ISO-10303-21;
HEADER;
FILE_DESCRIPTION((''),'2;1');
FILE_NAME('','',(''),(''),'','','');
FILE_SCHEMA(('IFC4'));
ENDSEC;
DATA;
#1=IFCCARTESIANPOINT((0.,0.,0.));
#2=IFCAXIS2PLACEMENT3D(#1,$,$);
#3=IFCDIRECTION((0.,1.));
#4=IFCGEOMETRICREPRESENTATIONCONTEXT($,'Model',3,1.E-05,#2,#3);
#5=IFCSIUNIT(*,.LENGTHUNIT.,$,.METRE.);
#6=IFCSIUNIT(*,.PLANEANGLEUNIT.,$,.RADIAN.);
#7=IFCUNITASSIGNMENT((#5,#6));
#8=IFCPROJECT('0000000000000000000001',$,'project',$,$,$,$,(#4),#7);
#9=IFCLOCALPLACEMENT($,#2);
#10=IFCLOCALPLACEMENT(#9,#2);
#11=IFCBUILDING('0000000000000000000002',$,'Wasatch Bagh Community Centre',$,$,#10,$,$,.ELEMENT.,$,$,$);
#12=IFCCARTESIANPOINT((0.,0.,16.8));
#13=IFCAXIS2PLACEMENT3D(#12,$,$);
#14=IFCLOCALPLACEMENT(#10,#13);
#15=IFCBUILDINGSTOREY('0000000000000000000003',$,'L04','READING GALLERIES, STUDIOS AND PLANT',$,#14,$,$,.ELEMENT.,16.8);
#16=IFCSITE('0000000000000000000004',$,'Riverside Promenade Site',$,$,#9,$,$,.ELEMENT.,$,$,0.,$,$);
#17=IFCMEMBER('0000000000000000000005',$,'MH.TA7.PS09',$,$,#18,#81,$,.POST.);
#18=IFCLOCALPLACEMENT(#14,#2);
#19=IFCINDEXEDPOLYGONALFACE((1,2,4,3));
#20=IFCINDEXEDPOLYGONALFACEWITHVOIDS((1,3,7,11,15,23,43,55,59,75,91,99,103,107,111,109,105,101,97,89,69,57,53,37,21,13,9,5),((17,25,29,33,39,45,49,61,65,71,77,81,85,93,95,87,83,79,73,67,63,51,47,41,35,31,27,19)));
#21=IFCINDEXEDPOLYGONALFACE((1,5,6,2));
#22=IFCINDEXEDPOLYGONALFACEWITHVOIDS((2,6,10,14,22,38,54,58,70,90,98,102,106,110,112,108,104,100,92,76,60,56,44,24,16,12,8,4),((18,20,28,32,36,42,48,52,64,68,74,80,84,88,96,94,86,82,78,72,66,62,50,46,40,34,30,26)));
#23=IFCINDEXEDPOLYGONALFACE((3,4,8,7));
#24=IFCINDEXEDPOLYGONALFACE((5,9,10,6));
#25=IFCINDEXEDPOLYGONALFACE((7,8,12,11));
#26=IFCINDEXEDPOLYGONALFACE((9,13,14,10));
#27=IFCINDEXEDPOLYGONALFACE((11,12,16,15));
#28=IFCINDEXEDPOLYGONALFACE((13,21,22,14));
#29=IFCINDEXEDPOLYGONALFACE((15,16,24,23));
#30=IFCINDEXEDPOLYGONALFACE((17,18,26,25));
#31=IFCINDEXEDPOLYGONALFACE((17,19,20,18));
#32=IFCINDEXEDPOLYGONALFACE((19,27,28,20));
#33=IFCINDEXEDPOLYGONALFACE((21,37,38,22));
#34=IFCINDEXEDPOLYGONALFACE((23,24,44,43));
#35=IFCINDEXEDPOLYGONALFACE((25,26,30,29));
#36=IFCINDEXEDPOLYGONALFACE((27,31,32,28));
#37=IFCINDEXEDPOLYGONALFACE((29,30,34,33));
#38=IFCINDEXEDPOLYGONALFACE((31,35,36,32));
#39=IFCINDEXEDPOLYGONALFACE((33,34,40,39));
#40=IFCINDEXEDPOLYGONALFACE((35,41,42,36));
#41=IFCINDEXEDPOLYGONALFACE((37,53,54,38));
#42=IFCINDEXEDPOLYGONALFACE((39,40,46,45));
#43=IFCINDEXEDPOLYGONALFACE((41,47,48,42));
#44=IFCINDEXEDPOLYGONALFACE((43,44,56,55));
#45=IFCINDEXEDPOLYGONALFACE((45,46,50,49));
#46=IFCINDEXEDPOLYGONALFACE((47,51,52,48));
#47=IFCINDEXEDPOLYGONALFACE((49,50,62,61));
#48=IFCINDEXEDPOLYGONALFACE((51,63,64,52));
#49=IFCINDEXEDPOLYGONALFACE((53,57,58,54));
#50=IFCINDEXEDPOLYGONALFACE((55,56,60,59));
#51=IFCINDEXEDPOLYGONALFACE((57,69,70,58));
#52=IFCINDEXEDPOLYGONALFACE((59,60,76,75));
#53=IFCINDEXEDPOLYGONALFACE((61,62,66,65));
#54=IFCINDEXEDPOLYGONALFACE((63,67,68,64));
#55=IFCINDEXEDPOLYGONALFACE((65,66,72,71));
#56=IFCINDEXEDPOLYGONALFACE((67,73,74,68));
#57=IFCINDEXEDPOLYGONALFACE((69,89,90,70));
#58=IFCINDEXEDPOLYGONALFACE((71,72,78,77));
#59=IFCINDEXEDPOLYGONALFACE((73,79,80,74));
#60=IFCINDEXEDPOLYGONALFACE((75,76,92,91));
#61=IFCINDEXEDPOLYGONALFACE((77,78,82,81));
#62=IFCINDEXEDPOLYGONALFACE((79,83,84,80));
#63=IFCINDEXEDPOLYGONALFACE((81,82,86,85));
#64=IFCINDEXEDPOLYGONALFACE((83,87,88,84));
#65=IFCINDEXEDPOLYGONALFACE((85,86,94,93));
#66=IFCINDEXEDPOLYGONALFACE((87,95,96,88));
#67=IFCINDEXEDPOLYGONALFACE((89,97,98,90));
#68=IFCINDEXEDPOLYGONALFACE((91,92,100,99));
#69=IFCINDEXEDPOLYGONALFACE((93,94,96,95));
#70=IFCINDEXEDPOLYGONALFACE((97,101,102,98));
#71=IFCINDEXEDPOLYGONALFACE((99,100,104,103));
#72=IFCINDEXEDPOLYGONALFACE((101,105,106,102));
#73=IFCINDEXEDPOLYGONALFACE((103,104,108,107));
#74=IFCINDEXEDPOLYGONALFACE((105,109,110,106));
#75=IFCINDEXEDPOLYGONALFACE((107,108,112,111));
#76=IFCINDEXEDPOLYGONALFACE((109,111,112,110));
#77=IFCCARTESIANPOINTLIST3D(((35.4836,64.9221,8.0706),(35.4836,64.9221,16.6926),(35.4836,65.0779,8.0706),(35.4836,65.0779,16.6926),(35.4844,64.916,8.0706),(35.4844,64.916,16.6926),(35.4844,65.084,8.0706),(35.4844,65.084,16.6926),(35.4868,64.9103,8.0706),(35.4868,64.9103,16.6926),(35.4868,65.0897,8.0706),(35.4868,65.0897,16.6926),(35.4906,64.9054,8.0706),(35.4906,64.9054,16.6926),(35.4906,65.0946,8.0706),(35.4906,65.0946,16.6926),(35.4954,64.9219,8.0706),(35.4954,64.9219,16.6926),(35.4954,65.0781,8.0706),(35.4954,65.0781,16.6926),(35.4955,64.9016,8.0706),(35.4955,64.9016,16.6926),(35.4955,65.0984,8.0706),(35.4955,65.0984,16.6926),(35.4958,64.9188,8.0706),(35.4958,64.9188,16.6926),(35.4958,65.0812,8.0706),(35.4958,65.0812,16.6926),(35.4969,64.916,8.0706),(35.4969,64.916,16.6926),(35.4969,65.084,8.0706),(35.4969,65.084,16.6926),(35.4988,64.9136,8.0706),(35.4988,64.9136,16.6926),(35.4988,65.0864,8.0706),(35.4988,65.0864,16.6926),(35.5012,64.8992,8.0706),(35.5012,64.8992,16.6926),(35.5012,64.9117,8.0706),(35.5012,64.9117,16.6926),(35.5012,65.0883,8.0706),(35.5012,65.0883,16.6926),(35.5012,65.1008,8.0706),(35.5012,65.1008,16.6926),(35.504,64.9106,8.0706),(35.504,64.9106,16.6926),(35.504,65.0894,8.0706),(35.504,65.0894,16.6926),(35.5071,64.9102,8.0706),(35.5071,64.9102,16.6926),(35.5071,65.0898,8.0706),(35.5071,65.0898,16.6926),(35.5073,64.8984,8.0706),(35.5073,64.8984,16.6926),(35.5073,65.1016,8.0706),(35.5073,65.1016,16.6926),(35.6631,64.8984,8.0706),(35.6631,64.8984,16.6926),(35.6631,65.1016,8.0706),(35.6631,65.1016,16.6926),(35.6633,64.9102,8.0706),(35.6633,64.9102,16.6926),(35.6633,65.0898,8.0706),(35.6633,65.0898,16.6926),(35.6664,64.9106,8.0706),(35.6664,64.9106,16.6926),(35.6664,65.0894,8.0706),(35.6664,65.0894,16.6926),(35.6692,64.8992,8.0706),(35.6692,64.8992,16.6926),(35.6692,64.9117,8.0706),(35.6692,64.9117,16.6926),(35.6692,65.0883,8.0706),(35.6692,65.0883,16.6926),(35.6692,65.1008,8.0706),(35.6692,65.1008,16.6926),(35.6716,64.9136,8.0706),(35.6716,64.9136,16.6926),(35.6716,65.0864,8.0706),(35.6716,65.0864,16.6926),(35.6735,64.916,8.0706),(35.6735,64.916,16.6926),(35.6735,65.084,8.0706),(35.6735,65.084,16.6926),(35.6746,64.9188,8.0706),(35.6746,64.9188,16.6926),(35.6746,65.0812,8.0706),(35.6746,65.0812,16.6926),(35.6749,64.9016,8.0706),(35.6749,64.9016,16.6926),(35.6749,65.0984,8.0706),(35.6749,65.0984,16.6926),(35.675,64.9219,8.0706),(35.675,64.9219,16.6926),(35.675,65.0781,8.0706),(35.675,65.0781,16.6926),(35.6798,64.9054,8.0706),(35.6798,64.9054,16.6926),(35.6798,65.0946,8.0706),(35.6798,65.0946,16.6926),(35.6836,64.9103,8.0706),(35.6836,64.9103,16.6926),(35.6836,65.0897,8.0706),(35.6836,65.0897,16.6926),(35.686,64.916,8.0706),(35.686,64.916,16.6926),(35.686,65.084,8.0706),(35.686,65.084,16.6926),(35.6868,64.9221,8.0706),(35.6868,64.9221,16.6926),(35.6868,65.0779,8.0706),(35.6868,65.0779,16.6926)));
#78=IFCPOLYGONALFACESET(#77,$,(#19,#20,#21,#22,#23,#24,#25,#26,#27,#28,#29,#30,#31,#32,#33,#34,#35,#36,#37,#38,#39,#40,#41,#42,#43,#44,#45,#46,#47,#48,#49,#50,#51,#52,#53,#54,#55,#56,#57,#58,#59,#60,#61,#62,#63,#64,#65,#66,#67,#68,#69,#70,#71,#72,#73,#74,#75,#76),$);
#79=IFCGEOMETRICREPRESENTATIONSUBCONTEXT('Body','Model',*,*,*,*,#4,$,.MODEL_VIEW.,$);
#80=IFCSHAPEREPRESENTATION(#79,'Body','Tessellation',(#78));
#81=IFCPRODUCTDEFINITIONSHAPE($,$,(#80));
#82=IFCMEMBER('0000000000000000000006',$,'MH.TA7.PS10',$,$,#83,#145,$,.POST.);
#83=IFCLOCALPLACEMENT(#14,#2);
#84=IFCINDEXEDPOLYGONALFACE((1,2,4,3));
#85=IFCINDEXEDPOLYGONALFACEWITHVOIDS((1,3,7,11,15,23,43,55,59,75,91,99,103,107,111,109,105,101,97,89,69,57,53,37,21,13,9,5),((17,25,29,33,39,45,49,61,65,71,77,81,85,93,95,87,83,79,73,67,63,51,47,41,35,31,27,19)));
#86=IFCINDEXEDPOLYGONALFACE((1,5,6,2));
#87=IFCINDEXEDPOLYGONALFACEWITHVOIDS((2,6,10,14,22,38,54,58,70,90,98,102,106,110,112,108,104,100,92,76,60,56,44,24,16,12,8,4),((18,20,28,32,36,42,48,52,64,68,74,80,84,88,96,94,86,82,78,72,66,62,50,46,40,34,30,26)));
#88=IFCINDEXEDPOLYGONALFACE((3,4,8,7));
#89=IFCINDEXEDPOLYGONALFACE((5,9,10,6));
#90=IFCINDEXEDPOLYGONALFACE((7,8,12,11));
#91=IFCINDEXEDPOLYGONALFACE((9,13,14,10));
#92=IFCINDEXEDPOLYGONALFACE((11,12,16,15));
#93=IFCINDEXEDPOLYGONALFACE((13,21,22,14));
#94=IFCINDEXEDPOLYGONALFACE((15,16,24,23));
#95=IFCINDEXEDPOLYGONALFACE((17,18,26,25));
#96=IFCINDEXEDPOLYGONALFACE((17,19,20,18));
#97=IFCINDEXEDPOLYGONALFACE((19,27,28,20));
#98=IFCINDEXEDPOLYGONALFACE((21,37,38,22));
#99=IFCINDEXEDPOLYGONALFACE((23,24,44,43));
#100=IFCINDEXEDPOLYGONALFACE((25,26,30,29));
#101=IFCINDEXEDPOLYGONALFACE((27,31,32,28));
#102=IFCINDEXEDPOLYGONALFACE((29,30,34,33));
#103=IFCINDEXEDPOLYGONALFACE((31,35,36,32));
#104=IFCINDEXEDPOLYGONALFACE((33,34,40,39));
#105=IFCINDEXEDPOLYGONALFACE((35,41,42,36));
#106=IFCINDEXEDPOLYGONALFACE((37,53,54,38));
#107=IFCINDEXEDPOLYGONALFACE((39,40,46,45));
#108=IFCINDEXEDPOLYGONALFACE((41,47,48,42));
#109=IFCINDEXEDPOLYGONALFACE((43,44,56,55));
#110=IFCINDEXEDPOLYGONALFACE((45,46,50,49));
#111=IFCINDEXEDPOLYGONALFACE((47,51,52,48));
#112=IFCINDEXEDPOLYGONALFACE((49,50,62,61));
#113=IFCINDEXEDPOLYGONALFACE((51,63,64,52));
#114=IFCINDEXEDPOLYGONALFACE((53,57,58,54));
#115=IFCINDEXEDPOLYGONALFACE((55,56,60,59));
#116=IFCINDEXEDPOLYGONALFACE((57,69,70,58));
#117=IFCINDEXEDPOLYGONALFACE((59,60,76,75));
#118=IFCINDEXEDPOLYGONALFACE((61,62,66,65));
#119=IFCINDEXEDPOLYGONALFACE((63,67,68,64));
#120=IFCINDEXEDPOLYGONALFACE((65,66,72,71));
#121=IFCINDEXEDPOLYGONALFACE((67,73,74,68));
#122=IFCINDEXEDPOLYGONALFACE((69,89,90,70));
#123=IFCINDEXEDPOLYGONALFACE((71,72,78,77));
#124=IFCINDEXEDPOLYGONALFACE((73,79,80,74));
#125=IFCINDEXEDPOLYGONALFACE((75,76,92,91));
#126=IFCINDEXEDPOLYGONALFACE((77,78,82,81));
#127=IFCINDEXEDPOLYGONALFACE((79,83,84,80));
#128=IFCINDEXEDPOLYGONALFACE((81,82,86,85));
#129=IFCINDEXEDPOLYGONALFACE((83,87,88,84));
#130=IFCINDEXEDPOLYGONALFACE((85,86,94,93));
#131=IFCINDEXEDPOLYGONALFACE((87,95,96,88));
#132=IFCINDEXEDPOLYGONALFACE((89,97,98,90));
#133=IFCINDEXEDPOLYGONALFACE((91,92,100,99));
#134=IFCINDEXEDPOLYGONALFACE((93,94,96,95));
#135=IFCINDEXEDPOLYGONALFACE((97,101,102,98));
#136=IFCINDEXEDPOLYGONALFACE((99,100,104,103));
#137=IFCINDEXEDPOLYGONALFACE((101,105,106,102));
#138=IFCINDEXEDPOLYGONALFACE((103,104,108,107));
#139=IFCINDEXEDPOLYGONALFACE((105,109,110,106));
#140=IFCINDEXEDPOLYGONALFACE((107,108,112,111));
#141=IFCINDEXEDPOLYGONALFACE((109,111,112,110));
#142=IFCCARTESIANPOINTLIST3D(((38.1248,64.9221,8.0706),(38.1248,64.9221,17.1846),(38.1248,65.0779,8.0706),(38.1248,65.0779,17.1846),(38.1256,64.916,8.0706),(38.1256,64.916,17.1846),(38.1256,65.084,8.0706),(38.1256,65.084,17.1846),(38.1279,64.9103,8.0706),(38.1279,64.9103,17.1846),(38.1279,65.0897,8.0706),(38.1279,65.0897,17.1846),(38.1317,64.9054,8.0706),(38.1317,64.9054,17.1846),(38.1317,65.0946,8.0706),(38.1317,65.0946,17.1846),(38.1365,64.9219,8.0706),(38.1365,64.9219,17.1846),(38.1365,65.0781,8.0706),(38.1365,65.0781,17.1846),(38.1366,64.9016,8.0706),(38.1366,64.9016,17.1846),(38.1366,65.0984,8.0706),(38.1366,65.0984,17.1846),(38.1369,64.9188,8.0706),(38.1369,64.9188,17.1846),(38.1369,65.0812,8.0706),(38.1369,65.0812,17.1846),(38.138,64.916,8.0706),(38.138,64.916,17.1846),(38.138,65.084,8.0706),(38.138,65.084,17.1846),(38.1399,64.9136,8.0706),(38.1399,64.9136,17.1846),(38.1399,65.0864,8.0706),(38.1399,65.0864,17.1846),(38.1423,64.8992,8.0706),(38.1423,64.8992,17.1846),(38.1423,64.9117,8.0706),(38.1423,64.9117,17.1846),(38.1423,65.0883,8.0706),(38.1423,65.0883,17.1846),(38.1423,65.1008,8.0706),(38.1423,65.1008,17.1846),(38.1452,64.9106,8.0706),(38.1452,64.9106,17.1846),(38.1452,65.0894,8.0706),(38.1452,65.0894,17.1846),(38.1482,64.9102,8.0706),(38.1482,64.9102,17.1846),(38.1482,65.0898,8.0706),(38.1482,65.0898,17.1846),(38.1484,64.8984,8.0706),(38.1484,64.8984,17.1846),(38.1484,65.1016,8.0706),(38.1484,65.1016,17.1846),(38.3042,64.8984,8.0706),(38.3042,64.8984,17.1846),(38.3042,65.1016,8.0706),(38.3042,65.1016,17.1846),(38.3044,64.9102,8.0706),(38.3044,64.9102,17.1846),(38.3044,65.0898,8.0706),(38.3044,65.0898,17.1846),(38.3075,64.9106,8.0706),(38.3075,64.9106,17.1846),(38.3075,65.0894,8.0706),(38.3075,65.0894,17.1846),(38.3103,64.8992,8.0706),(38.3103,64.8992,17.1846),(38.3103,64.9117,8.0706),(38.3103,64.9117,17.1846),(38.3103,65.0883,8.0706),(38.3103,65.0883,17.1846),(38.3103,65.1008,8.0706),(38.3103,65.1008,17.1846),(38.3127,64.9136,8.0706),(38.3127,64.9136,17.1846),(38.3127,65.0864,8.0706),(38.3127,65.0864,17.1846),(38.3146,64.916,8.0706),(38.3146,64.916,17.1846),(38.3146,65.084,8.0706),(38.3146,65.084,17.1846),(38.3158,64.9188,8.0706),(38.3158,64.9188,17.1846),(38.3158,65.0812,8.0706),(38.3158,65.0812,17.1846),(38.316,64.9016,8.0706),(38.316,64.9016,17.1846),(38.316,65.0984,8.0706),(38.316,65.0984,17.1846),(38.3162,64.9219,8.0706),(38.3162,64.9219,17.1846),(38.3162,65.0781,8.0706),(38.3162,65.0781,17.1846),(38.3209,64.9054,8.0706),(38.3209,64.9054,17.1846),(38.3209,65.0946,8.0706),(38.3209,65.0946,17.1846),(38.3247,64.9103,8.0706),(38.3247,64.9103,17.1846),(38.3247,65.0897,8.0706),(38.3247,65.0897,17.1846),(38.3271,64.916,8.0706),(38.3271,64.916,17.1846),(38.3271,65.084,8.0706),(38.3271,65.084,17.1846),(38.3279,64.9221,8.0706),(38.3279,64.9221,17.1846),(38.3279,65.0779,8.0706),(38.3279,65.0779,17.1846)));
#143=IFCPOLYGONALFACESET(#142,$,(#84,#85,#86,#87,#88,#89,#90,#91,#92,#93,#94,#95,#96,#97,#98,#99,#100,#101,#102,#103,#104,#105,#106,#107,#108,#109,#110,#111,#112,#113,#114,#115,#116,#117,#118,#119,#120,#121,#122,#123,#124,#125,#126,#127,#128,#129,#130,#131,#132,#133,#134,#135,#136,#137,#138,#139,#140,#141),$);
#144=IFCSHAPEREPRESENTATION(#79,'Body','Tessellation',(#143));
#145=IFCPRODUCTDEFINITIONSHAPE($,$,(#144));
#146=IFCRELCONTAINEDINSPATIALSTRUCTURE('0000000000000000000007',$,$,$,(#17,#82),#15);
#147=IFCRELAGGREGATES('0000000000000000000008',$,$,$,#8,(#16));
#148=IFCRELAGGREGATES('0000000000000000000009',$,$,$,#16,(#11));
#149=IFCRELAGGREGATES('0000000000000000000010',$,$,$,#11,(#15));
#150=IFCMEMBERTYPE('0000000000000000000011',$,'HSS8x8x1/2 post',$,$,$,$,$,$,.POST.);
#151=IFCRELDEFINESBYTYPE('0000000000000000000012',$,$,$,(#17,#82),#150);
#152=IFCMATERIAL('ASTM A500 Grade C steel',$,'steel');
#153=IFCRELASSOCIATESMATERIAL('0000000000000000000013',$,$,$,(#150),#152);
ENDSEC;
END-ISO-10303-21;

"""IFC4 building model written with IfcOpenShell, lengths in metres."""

from ifc_helpers import new_model, si_unit, direction, frame, origin, origin_2d, place, context, subcontext, project, spatial, hollow_rectangle, extrude, material, material_profile, profile_set, type_object, element, save


model = new_model("IFC4")

# Units and contexts
model_context = context("Model", 3, precision=1e-05, world=origin(), true_north=direction((0.0, 1.0)))
body_context = subcontext(model_context, "Body", "Model", "MODEL_VIEW")
ifc_project = project(units=[si_unit("LENGTHUNIT", "METRE"), si_unit("PLANEANGLEUNIT", "RADIAN")], contexts=[model_context])

# Site, building, storey
site_placement = place(None, origin())
site = spatial("IfcSite", under=ifc_project, at=site_placement, Name="Riverside Promenade Site", CompositionType="ELEMENT", RefElevation=0.0)
building_placement = place(site_placement, origin())
building = spatial("IfcBuilding", under=site, at=building_placement, Name="Wasatch Bagh Community Centre", CompositionType="ELEMENT")
storey_placement = place(building_placement, frame((0.0, 0.0, 16.8)))
storey = spatial("IfcBuildingStorey", under=building, at=storey_placement, Name="L04", Description="READING GALLERIES, STUDIOS AND PLANT", CompositionType="ELEMENT", Elevation=16.8)

# Members
ifc_material_1 = material(Name="ASTM A500 Grade C steel", Category="steel")
ifc_material_profile_1 = material_profile(ifc_material_1, hollow_rectangle(XDim=0.2031, YDim=0.2031, WallThickness=0.0117, InnerFilletRadius=0.0117, OuterFilletRadius=0.0237, at=origin_2d()), Name="HSS8x8x1/2")
ifc_profile_set_1 = profile_set([ifc_material_profile_1], Name="ASTM A500 Grade C steel")
member_type_1 = type_object("IfcMemberType", Name="HSS8x8x1/2 post", PredefinedType="POST", material=ifc_profile_set_1)
member_1_placement = place(storey_placement, frame((35.5852, 65.0, 8.0706), z_axis=(0.0, 0.0, 1.0), x_axis=(1.0, 0.0, 0.0)))
element("IfcMember", 1, at=member_1_placement, inside=storey, type_object=member_type_1, Name="MH.TA7.PS09", PredefinedType="POST", context=body_context, shape_type="SweptSolid", body=[
    extrude(hollow_rectangle(XDim=0.2031, YDim=0.2031, WallThickness=0.0117, InnerFilletRadius=0.0117, OuterFilletRadius=0.0237, at=origin_2d()), origin(), (0.0, 0.0, 1.0), 8.6221),
])
member_2_placement = place(storey_placement, frame((38.2263, 65.0, 8.0706), z_axis=(0.0, 0.0, 1.0), x_axis=(1.0, 0.0, 0.0)))
element("IfcMember", 2, at=member_2_placement, inside=storey, type_object=member_type_1, Name="MH.TA7.PS10", PredefinedType="POST", context=body_context, shape_type="SweptSolid", body=[
    extrude(hollow_rectangle(XDim=0.2031, YDim=0.2031, WallThickness=0.0117, InnerFilletRadius=0.0117, OuterFilletRadius=0.0237, at=origin_2d()), origin(), (0.0, 0.0, 1.0), 9.114),
])

save(model, "model.ifc")
